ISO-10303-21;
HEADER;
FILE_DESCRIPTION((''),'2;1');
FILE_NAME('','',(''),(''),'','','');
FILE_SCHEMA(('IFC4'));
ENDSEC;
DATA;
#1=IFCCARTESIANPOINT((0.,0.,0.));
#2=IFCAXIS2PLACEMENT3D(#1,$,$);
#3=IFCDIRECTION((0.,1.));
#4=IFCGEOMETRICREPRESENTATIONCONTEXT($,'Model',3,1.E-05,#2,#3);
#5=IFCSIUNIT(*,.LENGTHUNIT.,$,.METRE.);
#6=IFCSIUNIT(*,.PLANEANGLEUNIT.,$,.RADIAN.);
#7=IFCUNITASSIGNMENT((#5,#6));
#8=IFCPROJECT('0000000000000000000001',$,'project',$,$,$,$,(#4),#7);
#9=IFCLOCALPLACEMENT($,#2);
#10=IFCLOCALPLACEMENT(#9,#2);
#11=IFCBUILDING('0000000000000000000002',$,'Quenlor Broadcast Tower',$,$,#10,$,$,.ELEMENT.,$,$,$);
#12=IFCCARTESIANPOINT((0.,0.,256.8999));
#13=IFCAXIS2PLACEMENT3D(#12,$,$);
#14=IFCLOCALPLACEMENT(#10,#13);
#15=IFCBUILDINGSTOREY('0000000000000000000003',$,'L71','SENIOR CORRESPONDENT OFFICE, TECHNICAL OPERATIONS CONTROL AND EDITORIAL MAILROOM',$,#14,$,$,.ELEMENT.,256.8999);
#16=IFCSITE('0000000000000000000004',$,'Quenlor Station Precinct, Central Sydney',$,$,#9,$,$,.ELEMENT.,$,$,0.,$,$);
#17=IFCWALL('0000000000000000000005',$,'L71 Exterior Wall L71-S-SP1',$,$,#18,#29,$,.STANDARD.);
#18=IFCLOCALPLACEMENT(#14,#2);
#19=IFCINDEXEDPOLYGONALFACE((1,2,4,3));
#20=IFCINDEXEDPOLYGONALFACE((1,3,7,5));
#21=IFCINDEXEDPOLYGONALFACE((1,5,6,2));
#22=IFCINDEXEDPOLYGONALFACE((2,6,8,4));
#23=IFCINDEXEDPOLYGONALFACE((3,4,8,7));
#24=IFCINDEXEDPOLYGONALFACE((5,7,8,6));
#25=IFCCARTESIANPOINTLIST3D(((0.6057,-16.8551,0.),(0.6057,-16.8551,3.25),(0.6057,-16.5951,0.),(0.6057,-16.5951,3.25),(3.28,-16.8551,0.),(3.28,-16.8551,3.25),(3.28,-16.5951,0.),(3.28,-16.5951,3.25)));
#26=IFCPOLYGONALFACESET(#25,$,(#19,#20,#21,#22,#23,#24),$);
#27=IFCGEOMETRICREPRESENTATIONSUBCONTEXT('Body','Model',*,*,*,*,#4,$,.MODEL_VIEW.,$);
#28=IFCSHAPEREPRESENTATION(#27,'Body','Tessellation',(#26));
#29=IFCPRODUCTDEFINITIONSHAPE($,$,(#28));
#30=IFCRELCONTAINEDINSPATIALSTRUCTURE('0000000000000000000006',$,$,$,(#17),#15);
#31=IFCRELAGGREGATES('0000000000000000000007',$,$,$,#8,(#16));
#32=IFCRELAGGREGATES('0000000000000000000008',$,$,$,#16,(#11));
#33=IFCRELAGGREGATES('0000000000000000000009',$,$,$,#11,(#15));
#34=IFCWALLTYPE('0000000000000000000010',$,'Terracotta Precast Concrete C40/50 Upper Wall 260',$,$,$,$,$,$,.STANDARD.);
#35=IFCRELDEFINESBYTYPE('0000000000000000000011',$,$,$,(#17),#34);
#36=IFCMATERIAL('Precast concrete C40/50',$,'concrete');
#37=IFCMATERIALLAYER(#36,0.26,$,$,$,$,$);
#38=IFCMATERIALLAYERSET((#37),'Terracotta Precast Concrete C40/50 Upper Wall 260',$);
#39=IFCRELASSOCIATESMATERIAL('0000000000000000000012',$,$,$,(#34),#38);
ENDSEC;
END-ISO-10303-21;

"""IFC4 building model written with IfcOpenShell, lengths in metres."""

from ifc_helpers import new_model, si_unit, direction, frame, frame_2d, origin, place, context, subcontext, project, spatial, rectangle, extrude, material, layer, layer_set, type_object, element, save


model = new_model("IFC4")

# Units and contexts
model_context = context("Model", 3, precision=1e-05, world=origin(), true_north=direction((0.0, 1.0)))
body_context = subcontext(model_context, "Body", "Model", "MODEL_VIEW")
ifc_project = project(units=[si_unit("LENGTHUNIT", "METRE"), si_unit("PLANEANGLEUNIT", "RADIAN")], contexts=[model_context])

# Site, building, storey
site_placement = place(None, origin())
site = spatial("IfcSite", under=ifc_project, at=site_placement, Name="Quenlor Station Precinct, Central Sydney", CompositionType="ELEMENT", RefElevation=0.0)
building_placement = place(site_placement, origin())
building = spatial("IfcBuilding", under=site, at=building_placement, Name="Quenlor Broadcast Tower", CompositionType="ELEMENT")
storey_placement = place(building_placement, frame((0.0, 0.0, 256.8999)))
storey = spatial("IfcBuildingStorey", under=building, at=storey_placement, Name="L71", Description="SENIOR CORRESPONDENT OFFICE, TECHNICAL OPERATIONS CONTROL AND EDITORIAL MAILROOM", CompositionType="ELEMENT", Elevation=256.8999)

# Wall
ifc_material_1 = material(Name="Precast concrete C40/50", Category="concrete")
ifc_layer_1 = layer(ifc_material_1, 0.26)
ifc_layer_set_1 = layer_set([ifc_layer_1], Name="Terracotta Precast Concrete C40/50 Upper Wall 260")
wall_type_1 = type_object("IfcWallType", Name="Terracotta Precast Concrete C40/50 Upper Wall 260", PredefinedType="STANDARD", material=ifc_layer_set_1)
wall_1_placement = place(storey_placement, frame((3.28, -16.7251, 0.0), z_axis=(0.0, 0.0, 1.0), x_axis=(-1.0, 0.0, 0.0)))
element("IfcWall", 1, at=wall_1_placement, inside=storey, type_object=wall_type_1, Name="L71 Exterior Wall L71-S-SP1", PredefinedType="STANDARD", context=body_context, shape_type="SweptSolid", body=[
    extrude(rectangle(XDim=2.6743, YDim=0.26, at=frame_2d((1.3372, 0.0))), origin(), (0.0, 0.0, 1.0), 3.25),
])

save(model, "model.ifc")
